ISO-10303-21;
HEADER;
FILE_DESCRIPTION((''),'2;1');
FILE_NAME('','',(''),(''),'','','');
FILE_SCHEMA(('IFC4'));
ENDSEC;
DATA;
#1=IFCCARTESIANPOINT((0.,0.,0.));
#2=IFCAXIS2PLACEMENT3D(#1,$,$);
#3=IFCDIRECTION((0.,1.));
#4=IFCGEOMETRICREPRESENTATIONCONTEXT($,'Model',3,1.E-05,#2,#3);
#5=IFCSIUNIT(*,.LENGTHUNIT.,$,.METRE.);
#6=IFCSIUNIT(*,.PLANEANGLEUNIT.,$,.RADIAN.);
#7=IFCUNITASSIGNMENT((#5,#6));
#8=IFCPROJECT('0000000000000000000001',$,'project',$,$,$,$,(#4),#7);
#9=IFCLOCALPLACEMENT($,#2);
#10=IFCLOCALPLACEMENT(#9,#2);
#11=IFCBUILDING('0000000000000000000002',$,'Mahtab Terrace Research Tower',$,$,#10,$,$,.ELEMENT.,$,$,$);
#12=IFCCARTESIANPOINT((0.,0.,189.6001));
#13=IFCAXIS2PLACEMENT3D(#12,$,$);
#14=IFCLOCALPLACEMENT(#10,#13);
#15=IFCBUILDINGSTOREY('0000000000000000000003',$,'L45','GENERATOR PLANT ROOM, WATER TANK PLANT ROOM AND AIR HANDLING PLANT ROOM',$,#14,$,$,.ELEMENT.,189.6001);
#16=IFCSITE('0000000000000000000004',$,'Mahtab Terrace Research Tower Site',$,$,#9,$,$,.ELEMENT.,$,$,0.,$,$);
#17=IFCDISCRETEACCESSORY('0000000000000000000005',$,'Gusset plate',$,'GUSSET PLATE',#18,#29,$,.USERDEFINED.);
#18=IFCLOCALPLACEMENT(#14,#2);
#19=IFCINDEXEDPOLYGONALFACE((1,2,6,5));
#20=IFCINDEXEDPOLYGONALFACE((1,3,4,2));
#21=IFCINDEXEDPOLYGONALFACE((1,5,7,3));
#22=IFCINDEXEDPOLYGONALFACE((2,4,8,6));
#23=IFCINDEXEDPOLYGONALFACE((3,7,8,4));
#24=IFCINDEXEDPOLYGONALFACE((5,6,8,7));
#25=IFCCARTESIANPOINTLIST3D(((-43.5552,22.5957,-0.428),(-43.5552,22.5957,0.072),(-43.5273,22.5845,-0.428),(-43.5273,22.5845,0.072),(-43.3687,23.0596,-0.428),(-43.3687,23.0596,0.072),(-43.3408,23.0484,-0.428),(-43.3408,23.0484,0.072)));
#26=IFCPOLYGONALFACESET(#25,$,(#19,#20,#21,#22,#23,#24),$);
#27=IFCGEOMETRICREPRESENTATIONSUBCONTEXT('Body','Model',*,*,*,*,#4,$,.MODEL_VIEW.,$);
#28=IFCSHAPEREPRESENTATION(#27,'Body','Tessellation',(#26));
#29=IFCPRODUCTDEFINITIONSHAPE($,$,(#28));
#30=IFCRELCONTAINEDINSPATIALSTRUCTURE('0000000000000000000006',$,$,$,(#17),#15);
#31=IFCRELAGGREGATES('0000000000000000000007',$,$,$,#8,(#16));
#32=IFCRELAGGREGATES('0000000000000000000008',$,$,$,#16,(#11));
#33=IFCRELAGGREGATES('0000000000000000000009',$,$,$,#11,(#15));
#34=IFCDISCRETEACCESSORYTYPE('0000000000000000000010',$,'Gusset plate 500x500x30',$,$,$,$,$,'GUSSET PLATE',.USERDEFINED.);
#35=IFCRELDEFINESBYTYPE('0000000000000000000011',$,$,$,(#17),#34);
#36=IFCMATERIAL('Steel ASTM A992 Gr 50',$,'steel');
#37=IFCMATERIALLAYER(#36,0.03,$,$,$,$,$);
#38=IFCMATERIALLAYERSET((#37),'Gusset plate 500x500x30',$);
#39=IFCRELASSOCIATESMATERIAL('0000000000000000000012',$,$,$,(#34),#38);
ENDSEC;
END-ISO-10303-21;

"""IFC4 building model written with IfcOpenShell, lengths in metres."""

from ifc_helpers import new_model, si_unit, direction, frame, origin, origin_2d, place, context, subcontext, project, spatial, rectangle, extrude, material, layer, layer_set, type_object, element, save


model = new_model("IFC4")

# Units and contexts
model_context = context("Model", 3, precision=1e-05, world=origin(), true_north=direction((0.0, 1.0)))
body_context = subcontext(model_context, "Body", "Model", "MODEL_VIEW")
ifc_project = project(units=[si_unit("LENGTHUNIT", "METRE"), si_unit("PLANEANGLEUNIT", "RADIAN")], contexts=[model_context])

# Site, building, storey
site_placement = place(None, origin())
site = spatial("IfcSite", under=ifc_project, at=site_placement, Name="Mahtab Terrace Research Tower Site", CompositionType="ELEMENT", RefElevation=0.0)
building_placement = place(site_placement, origin())
building = spatial("IfcBuilding", under=site, at=building_placement, Name="Mahtab Terrace Research Tower", CompositionType="ELEMENT")
storey_placement = place(building_placement, frame((0.0, 0.0, 189.6001)))
storey = spatial("IfcBuildingStorey", under=building, at=storey_placement, Name="L45", Description="GENERATOR PLANT ROOM, WATER TANK PLANT ROOM AND AIR HANDLING PLANT ROOM", CompositionType="ELEMENT", Elevation=189.6001)

# Shared definitions
ifc_material_1 = material(Name="Steel ASTM A992 Gr 50", Category="steel")

# Discrete accessory
ifc_layer_1 = layer(ifc_material_1, 0.03)
ifc_layer_set_1 = layer_set([ifc_layer_1], Name="Gusset plate 500x500x30")
discrete_accessory_type_1 = type_object("IfcDiscreteAccessoryType", Name="Gusset plate 500x500x30", ElementType="GUSSET PLATE", PredefinedType="USERDEFINED", material=ifc_layer_set_1)
for number, where, z_axis, x_axis, name in (
    (1, (-43.448, 22.822, -0.428), (0.0, 0.0, 1.0), (0.373036, 0.927817, 0.0), "Gusset plate"),
):
    element("IfcDiscreteAccessory", number, at=place(storey_placement, frame(where, z_axis=z_axis, x_axis=x_axis)), inside=storey, type_object=discrete_accessory_type_1, Name=name, ObjectType="GUSSET PLATE", PredefinedType="USERDEFINED", context=body_context, shape_type="SweptSolid", body=[
        extrude(rectangle(XDim=0.5, YDim=0.03, at=origin_2d()), origin(), (0.0, 0.0, 1.0), 0.5),
    ])

save(model, "model.ifc")
